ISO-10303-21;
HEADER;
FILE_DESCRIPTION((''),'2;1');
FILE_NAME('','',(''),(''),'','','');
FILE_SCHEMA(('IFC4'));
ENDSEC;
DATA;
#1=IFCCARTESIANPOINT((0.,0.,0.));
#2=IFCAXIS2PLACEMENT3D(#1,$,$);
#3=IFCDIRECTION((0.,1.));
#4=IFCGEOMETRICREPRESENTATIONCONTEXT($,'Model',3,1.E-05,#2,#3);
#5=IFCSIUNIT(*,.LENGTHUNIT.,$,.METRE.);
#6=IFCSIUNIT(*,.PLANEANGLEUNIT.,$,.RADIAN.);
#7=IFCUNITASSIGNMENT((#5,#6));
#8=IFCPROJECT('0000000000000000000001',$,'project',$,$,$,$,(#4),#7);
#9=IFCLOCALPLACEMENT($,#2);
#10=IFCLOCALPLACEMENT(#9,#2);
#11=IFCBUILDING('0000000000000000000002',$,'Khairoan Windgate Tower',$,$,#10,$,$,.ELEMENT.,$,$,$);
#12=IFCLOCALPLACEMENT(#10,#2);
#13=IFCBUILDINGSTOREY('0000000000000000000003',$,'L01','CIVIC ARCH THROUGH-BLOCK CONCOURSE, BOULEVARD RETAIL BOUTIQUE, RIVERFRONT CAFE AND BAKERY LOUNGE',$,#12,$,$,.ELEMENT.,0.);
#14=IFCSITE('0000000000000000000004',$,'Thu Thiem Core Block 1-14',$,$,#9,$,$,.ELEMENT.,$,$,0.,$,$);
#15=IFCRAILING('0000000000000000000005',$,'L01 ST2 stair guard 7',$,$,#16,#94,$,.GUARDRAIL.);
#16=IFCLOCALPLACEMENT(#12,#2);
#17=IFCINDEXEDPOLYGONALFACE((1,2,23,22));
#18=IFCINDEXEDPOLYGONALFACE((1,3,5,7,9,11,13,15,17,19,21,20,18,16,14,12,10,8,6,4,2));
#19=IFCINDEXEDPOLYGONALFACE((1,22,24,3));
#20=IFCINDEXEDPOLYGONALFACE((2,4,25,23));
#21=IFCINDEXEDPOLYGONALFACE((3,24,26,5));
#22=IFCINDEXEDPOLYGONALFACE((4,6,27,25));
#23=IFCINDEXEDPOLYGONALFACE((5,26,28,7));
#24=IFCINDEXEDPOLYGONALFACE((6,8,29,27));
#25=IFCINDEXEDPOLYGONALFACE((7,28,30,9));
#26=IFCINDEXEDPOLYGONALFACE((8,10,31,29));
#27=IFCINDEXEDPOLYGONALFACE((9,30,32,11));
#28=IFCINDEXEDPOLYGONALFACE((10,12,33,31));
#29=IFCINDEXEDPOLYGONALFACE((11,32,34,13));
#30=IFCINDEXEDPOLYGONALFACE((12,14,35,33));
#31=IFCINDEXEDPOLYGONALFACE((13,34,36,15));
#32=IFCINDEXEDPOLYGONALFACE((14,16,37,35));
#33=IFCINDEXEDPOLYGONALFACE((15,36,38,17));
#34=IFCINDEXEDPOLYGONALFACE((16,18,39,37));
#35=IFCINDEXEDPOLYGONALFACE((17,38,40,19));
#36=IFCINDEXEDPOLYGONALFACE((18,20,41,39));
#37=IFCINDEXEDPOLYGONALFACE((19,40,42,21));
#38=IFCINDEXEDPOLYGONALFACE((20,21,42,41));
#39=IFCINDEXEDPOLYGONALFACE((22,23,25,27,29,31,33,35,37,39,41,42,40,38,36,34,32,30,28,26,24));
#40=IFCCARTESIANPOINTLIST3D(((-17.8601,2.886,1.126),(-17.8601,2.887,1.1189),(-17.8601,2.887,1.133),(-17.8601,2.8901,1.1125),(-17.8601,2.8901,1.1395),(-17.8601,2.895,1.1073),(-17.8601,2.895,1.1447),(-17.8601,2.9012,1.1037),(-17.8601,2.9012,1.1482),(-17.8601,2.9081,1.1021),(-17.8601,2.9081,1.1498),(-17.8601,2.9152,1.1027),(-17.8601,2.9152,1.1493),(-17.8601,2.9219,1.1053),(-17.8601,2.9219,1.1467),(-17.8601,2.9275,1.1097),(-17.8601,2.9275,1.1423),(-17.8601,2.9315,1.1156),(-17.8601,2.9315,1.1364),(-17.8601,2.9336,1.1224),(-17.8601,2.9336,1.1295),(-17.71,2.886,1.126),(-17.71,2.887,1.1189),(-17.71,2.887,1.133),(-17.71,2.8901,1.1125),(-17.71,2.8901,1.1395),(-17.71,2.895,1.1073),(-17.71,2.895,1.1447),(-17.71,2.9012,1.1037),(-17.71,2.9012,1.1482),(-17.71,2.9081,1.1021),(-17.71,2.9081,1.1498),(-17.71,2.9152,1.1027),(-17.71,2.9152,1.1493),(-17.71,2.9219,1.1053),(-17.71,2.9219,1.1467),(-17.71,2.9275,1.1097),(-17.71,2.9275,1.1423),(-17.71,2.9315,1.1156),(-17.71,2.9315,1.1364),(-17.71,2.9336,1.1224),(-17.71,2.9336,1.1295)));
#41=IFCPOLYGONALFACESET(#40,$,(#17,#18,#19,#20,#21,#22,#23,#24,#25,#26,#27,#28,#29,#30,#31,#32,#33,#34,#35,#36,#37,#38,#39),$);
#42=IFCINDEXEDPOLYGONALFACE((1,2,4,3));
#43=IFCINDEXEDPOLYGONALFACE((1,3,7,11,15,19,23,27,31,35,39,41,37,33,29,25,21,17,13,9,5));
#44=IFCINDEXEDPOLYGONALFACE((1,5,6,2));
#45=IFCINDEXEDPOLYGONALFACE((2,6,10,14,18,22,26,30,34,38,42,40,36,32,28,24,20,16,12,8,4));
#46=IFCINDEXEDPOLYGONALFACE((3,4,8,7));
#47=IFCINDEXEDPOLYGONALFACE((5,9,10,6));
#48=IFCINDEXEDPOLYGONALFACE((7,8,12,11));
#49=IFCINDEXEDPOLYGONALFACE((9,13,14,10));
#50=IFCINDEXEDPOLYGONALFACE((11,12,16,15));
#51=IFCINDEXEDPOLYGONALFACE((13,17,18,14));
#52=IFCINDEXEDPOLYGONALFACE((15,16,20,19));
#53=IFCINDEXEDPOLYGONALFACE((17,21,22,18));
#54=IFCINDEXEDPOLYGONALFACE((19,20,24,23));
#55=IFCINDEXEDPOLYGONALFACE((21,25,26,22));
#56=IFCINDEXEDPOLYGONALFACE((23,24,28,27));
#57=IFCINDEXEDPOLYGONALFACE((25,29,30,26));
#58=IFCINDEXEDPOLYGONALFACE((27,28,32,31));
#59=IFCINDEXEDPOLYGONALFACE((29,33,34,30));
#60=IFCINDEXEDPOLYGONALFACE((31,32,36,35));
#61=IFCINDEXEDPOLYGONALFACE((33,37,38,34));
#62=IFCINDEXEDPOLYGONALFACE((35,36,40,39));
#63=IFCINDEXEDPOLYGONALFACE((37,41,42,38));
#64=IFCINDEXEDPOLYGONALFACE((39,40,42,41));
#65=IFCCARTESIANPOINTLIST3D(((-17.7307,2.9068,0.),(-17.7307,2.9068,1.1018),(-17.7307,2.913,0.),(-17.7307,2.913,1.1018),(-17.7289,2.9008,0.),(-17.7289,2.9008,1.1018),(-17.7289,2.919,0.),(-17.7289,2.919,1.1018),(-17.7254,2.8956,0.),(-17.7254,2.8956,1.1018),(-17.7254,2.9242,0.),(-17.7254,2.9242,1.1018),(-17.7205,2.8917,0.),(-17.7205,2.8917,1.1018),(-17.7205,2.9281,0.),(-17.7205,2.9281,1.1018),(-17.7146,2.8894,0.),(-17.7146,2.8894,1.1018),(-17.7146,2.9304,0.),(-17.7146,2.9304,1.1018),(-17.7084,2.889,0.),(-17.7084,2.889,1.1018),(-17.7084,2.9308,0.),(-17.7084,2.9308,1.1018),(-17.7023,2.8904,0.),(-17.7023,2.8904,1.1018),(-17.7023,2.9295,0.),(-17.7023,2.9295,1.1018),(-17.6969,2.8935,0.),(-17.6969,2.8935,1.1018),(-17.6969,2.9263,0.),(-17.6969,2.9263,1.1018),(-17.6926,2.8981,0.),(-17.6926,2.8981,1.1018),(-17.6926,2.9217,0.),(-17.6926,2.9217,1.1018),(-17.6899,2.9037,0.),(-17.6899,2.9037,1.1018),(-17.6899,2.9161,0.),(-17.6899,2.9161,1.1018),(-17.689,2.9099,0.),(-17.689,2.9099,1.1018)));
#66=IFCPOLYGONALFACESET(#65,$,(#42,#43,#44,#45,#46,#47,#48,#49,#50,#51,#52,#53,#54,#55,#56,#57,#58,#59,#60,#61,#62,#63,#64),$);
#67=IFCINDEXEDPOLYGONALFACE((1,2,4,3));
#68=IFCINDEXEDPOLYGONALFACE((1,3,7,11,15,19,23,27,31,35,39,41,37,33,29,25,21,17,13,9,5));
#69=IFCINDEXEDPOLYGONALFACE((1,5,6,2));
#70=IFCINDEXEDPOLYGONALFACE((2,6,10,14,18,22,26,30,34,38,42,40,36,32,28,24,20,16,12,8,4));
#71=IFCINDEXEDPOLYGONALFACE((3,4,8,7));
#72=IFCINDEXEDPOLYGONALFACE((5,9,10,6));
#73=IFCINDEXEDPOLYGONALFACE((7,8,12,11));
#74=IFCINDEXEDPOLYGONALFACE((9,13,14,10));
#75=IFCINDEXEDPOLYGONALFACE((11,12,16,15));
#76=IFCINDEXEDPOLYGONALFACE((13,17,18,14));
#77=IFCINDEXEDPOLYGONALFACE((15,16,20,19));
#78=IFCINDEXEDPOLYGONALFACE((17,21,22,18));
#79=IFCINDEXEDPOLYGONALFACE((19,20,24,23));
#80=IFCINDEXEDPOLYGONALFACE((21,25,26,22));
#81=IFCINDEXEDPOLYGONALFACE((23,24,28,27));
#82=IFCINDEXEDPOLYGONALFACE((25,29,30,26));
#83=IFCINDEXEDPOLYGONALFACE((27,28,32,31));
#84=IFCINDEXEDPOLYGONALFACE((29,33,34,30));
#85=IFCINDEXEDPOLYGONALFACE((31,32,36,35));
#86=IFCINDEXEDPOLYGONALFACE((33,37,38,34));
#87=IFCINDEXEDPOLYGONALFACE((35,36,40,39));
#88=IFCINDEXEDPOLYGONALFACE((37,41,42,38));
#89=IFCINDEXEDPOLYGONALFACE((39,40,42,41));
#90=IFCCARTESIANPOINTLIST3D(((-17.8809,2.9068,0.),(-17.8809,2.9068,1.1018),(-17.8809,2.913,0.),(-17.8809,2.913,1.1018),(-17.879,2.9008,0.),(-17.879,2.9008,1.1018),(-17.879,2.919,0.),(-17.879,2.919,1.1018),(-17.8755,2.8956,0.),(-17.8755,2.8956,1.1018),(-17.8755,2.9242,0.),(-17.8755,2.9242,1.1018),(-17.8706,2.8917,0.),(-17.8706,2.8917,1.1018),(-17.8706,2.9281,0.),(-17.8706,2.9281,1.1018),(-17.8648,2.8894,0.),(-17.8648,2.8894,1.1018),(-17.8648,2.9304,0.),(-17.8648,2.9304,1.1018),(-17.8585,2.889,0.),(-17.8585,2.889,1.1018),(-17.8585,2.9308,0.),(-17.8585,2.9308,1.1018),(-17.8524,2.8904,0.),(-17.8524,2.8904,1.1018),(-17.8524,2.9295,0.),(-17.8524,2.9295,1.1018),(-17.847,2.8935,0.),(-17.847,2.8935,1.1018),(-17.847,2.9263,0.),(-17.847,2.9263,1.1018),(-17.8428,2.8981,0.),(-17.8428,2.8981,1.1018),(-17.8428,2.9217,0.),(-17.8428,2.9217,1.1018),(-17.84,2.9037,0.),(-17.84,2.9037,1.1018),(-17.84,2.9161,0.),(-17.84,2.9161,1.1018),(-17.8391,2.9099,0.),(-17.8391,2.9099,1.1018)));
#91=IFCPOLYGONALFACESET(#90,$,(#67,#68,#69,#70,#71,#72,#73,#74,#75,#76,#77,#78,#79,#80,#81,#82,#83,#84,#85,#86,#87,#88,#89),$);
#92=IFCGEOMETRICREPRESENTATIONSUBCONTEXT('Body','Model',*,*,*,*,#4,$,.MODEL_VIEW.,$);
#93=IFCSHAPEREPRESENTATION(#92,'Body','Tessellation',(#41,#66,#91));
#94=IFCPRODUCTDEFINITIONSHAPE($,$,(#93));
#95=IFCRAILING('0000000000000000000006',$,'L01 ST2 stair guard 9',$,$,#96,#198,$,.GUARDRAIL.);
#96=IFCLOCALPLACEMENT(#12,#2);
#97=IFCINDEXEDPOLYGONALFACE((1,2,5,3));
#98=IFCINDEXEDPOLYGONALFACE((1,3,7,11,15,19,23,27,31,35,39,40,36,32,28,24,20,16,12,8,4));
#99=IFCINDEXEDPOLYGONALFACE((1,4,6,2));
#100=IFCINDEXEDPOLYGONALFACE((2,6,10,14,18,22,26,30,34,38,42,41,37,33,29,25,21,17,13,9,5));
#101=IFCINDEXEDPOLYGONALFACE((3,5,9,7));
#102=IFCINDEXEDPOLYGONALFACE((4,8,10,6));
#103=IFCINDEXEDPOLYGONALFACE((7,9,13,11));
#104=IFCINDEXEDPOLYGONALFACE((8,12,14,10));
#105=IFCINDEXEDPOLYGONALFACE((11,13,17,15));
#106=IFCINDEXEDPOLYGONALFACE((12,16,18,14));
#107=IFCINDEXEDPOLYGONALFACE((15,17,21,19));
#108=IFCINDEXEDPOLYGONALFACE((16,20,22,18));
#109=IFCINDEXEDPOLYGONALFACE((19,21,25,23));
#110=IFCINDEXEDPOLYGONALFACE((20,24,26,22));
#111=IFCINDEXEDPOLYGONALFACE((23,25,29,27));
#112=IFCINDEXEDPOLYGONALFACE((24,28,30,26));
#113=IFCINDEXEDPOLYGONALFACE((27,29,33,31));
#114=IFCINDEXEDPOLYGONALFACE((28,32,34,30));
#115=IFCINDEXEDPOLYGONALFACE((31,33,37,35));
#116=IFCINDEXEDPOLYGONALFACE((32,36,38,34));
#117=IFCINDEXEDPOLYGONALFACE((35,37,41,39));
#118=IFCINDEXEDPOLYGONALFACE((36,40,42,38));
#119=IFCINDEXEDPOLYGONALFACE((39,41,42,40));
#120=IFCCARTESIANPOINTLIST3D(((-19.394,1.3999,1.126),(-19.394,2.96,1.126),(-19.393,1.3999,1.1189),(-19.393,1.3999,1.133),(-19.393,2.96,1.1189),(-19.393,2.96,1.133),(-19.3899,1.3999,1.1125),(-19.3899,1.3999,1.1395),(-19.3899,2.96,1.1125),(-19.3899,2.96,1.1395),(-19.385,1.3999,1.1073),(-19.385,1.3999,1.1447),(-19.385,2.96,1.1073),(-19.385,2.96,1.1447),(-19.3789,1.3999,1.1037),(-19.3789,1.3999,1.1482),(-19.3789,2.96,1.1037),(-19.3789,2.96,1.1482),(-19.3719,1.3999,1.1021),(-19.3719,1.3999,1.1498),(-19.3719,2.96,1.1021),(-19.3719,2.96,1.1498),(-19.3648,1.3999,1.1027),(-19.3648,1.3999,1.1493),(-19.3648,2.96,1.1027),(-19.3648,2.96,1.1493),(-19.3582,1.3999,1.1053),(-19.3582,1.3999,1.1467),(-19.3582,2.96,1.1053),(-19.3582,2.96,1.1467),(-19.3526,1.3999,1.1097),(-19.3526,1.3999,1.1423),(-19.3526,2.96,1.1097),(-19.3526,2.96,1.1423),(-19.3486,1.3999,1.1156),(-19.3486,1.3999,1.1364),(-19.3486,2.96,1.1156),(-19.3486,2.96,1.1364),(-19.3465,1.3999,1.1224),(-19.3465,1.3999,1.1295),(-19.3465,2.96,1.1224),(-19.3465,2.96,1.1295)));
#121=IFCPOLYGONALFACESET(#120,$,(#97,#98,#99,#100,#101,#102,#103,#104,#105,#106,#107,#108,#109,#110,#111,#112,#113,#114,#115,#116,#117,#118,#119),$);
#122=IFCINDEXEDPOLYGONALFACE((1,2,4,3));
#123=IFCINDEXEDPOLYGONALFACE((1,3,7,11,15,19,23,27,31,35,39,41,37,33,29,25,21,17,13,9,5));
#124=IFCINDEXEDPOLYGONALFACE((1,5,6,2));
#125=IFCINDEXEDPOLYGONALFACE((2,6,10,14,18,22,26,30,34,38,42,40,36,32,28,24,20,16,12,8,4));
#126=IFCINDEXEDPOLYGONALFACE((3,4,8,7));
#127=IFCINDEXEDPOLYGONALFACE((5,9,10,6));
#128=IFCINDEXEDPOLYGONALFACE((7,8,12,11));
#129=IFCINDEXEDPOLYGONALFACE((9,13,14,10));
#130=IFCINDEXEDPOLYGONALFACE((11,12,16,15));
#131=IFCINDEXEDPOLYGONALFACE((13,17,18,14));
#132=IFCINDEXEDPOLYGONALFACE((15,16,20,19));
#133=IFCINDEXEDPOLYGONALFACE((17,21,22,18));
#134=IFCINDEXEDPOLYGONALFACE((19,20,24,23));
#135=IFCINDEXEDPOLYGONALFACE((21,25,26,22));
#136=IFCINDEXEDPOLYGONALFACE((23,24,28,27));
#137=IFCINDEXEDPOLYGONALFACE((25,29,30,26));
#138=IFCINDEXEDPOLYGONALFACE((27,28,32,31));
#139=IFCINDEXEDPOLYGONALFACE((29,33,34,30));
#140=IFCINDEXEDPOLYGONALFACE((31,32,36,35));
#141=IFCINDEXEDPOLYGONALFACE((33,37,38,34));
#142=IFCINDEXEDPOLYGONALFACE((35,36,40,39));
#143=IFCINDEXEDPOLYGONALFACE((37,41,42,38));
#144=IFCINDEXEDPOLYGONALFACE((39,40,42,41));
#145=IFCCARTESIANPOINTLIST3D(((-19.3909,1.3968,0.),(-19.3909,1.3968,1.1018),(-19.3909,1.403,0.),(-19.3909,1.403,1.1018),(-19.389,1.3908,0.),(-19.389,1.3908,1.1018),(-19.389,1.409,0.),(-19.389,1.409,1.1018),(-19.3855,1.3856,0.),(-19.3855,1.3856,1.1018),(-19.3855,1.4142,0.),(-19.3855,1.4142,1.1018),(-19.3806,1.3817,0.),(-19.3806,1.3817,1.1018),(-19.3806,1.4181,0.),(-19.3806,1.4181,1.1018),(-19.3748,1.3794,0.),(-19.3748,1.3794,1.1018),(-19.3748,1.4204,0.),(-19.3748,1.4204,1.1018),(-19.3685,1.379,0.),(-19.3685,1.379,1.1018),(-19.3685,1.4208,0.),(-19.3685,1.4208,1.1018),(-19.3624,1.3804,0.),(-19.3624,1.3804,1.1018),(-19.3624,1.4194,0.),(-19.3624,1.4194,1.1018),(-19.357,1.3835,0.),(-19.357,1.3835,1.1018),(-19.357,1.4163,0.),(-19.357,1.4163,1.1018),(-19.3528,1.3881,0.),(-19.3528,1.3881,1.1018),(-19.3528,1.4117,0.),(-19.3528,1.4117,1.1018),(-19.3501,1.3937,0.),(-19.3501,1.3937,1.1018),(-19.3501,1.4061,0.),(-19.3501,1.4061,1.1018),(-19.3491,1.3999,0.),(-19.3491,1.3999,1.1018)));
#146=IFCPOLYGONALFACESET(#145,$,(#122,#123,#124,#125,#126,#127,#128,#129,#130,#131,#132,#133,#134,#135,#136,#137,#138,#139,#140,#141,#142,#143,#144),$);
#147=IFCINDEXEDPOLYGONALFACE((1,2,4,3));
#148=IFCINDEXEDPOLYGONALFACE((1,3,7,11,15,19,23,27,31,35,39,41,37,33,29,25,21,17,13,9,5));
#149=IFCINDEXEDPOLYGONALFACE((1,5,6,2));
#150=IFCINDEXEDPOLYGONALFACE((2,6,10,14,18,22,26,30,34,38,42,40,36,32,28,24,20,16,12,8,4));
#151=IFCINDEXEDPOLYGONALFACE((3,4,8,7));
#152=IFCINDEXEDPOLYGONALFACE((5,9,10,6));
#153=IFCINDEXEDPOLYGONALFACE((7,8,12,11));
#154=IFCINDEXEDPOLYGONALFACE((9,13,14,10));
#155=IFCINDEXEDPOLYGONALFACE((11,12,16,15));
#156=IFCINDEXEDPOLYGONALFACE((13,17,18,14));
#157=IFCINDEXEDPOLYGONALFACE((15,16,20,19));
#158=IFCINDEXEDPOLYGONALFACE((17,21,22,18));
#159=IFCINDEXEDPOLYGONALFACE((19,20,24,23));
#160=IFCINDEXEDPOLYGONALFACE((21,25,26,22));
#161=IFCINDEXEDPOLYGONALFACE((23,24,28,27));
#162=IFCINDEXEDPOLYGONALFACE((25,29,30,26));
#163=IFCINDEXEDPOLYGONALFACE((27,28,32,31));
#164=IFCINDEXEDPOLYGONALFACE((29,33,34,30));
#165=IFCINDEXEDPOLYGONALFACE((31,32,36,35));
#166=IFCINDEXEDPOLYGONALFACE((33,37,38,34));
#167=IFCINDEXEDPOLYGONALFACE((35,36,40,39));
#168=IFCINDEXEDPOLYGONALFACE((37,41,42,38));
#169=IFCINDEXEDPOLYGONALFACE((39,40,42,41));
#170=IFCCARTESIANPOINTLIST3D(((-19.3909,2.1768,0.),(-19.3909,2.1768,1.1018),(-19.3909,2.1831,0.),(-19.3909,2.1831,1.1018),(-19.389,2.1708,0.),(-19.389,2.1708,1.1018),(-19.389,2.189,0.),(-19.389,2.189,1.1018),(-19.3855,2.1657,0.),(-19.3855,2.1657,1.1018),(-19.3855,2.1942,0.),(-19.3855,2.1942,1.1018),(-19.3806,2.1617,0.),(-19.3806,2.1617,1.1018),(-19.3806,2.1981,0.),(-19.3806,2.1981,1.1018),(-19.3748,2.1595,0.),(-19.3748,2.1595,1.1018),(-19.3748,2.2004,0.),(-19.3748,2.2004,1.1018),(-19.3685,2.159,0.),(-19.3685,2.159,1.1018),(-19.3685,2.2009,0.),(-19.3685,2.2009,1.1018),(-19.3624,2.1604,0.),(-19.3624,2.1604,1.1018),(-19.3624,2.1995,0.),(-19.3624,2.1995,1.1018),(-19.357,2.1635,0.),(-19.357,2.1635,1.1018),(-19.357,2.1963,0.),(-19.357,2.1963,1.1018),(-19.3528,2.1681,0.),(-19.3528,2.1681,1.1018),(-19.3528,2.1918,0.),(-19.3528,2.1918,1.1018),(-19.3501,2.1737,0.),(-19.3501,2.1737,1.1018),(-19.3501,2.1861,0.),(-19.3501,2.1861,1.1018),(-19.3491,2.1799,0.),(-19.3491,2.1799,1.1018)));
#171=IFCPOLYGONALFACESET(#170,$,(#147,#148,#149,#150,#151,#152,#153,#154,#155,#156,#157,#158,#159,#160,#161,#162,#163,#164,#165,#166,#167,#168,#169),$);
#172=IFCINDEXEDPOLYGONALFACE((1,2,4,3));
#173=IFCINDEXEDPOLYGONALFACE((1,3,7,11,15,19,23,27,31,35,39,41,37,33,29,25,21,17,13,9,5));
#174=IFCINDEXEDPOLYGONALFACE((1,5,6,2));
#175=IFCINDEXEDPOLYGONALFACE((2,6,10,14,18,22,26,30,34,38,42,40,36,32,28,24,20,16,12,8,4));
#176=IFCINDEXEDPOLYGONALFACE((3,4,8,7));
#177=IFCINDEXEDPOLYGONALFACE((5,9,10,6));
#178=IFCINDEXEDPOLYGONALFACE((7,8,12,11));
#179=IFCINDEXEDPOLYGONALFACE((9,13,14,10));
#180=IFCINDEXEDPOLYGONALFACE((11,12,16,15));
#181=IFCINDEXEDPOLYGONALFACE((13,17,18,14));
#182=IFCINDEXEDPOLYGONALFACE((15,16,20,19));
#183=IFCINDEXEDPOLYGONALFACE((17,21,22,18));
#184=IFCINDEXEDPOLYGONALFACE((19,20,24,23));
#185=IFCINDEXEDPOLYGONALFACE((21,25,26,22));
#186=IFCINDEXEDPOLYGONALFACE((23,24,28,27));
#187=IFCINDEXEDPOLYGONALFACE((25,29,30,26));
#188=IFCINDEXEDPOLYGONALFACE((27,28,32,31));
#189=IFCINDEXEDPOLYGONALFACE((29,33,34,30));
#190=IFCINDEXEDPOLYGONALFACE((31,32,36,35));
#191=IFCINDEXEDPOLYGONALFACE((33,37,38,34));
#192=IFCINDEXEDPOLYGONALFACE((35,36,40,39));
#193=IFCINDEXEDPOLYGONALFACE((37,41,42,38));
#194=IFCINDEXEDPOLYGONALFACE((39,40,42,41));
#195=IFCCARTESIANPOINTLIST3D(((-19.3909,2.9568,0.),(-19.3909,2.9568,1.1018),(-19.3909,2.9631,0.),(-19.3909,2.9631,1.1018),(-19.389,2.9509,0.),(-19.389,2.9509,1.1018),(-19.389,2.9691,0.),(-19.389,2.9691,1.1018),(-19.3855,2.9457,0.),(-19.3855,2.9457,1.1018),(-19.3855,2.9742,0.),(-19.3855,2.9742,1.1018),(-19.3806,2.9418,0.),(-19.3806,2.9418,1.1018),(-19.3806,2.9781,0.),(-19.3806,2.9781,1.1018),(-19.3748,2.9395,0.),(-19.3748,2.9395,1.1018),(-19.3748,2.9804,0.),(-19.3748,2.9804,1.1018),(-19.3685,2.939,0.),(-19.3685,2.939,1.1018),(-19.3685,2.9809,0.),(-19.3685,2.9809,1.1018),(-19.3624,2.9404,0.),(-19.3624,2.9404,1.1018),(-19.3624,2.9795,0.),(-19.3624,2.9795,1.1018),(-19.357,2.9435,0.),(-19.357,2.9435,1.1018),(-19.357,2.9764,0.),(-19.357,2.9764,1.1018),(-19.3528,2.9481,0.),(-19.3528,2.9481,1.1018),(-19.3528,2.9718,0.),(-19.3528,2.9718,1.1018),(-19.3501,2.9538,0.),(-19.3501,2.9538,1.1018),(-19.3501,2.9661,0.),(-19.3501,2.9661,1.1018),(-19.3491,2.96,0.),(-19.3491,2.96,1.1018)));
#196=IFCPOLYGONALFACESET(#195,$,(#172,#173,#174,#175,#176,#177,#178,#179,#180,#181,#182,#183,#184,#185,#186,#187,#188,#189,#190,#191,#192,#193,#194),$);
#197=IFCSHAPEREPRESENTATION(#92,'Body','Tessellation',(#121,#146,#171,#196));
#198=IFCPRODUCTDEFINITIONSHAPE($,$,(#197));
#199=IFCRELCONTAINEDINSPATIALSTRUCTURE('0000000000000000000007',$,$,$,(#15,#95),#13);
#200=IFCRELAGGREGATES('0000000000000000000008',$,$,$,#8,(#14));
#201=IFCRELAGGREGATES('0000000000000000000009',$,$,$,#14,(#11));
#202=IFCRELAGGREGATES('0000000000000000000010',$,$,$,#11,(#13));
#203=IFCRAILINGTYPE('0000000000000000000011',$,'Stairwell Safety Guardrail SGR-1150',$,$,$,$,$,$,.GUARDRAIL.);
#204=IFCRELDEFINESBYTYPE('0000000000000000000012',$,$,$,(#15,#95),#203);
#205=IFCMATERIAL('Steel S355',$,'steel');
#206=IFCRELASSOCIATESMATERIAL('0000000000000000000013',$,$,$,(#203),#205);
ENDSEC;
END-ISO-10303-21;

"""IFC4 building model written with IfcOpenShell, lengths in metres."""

from ifc_helpers import new_model, si_unit, direction, frame, origin, origin_2d, place, context, subcontext, project, spatial, circle, extrude, material, type_object, element, save


model = new_model("IFC4")

# Units and contexts
model_context = context("Model", 3, precision=1e-05, world=origin(), true_north=direction((0.0, 1.0)))
body_context = subcontext(model_context, "Body", "Model", "MODEL_VIEW")
ifc_project = project(units=[si_unit("LENGTHUNIT", "METRE"), si_unit("PLANEANGLEUNIT", "RADIAN")], contexts=[model_context])

# Site, building, storey
site_placement = place(None, origin())
site = spatial("IfcSite", under=ifc_project, at=site_placement, Name="Thu Thiem Core Block 1-14", CompositionType="ELEMENT", RefElevation=0.0)
building_placement = place(site_placement, origin())
building = spatial("IfcBuilding", under=site, at=building_placement, Name="Khairoan Windgate Tower", CompositionType="ELEMENT")
storey_placement = place(building_placement, origin())
storey = spatial("IfcBuildingStorey", under=building, at=storey_placement, Name="L01", Description="CIVIC ARCH THROUGH-BLOCK CONCOURSE, BOULEVARD RETAIL BOUTIQUE, RIVERFRONT CAFE AND BAKERY LOUNGE", CompositionType="ELEMENT", Elevation=0.0)

# Railings
ifc_material_1 = material(Name="Steel S355", Category="steel")
railing_type_1 = type_object("IfcRailingType", Name="Stairwell Safety Guardrail SGR-1150", PredefinedType="GUARDRAIL", material=ifc_material_1)
railing_1_placement = place(storey_placement, frame((-17.71, 2.9099, 0.0)))
element("IfcRailing", 1, at=railing_1_placement, inside=storey, type_object=railing_type_1, Name="L01 ST2 stair guard 7", PredefinedType="GUARDRAIL", context=body_context, shape_type="SweptSolid", body=[
    extrude(circle(Radius=0.0239, at=origin_2d()), frame((0.0, 0.0, 1.126), z_axis=(-1.0, 0.0, 0.0), x_axis=(0.0, -1.0, 0.0)), (0.0, 0.0, 1.0), 0.1501),
    extrude(circle(Radius=0.021, at=origin_2d()), origin(), (0.0, 0.0, 1.0), 1.1018),
    extrude(circle(Radius=0.021, at=origin_2d()), frame((-0.1501, 0.0, 0.0)), (0.0, 0.0, 1.0), 1.1018),
])
railing_2_placement = place(storey_placement, frame((-19.3701, 1.3999, 0.0)))
element("IfcRailing", 2, at=railing_2_placement, inside=storey, type_object=railing_type_1, Name="L01 ST2 stair guard 9", PredefinedType="GUARDRAIL", context=body_context, shape_type="SweptSolid", body=[
    extrude(circle(Radius=0.0239, at=origin_2d()), frame((0.0, 0.0, 1.126), z_axis=(0.0, 1.0, 0.0), x_axis=(-1.0, 0.0, 0.0)), (0.0, 0.0, 1.0), 1.5601),
    extrude(circle(Radius=0.021, at=origin_2d()), origin(), (0.0, 0.0, 1.0), 1.1018),
    extrude(circle(Radius=0.021, at=origin_2d()), frame((0.0, 0.78, 0.0)), (0.0, 0.0, 1.0), 1.1018),
    extrude(circle(Radius=0.021, at=origin_2d()), frame((0.0, 1.5601, 0.0)), (0.0, 0.0, 1.0), 1.1018),
])

save(model, "model.ifc")
